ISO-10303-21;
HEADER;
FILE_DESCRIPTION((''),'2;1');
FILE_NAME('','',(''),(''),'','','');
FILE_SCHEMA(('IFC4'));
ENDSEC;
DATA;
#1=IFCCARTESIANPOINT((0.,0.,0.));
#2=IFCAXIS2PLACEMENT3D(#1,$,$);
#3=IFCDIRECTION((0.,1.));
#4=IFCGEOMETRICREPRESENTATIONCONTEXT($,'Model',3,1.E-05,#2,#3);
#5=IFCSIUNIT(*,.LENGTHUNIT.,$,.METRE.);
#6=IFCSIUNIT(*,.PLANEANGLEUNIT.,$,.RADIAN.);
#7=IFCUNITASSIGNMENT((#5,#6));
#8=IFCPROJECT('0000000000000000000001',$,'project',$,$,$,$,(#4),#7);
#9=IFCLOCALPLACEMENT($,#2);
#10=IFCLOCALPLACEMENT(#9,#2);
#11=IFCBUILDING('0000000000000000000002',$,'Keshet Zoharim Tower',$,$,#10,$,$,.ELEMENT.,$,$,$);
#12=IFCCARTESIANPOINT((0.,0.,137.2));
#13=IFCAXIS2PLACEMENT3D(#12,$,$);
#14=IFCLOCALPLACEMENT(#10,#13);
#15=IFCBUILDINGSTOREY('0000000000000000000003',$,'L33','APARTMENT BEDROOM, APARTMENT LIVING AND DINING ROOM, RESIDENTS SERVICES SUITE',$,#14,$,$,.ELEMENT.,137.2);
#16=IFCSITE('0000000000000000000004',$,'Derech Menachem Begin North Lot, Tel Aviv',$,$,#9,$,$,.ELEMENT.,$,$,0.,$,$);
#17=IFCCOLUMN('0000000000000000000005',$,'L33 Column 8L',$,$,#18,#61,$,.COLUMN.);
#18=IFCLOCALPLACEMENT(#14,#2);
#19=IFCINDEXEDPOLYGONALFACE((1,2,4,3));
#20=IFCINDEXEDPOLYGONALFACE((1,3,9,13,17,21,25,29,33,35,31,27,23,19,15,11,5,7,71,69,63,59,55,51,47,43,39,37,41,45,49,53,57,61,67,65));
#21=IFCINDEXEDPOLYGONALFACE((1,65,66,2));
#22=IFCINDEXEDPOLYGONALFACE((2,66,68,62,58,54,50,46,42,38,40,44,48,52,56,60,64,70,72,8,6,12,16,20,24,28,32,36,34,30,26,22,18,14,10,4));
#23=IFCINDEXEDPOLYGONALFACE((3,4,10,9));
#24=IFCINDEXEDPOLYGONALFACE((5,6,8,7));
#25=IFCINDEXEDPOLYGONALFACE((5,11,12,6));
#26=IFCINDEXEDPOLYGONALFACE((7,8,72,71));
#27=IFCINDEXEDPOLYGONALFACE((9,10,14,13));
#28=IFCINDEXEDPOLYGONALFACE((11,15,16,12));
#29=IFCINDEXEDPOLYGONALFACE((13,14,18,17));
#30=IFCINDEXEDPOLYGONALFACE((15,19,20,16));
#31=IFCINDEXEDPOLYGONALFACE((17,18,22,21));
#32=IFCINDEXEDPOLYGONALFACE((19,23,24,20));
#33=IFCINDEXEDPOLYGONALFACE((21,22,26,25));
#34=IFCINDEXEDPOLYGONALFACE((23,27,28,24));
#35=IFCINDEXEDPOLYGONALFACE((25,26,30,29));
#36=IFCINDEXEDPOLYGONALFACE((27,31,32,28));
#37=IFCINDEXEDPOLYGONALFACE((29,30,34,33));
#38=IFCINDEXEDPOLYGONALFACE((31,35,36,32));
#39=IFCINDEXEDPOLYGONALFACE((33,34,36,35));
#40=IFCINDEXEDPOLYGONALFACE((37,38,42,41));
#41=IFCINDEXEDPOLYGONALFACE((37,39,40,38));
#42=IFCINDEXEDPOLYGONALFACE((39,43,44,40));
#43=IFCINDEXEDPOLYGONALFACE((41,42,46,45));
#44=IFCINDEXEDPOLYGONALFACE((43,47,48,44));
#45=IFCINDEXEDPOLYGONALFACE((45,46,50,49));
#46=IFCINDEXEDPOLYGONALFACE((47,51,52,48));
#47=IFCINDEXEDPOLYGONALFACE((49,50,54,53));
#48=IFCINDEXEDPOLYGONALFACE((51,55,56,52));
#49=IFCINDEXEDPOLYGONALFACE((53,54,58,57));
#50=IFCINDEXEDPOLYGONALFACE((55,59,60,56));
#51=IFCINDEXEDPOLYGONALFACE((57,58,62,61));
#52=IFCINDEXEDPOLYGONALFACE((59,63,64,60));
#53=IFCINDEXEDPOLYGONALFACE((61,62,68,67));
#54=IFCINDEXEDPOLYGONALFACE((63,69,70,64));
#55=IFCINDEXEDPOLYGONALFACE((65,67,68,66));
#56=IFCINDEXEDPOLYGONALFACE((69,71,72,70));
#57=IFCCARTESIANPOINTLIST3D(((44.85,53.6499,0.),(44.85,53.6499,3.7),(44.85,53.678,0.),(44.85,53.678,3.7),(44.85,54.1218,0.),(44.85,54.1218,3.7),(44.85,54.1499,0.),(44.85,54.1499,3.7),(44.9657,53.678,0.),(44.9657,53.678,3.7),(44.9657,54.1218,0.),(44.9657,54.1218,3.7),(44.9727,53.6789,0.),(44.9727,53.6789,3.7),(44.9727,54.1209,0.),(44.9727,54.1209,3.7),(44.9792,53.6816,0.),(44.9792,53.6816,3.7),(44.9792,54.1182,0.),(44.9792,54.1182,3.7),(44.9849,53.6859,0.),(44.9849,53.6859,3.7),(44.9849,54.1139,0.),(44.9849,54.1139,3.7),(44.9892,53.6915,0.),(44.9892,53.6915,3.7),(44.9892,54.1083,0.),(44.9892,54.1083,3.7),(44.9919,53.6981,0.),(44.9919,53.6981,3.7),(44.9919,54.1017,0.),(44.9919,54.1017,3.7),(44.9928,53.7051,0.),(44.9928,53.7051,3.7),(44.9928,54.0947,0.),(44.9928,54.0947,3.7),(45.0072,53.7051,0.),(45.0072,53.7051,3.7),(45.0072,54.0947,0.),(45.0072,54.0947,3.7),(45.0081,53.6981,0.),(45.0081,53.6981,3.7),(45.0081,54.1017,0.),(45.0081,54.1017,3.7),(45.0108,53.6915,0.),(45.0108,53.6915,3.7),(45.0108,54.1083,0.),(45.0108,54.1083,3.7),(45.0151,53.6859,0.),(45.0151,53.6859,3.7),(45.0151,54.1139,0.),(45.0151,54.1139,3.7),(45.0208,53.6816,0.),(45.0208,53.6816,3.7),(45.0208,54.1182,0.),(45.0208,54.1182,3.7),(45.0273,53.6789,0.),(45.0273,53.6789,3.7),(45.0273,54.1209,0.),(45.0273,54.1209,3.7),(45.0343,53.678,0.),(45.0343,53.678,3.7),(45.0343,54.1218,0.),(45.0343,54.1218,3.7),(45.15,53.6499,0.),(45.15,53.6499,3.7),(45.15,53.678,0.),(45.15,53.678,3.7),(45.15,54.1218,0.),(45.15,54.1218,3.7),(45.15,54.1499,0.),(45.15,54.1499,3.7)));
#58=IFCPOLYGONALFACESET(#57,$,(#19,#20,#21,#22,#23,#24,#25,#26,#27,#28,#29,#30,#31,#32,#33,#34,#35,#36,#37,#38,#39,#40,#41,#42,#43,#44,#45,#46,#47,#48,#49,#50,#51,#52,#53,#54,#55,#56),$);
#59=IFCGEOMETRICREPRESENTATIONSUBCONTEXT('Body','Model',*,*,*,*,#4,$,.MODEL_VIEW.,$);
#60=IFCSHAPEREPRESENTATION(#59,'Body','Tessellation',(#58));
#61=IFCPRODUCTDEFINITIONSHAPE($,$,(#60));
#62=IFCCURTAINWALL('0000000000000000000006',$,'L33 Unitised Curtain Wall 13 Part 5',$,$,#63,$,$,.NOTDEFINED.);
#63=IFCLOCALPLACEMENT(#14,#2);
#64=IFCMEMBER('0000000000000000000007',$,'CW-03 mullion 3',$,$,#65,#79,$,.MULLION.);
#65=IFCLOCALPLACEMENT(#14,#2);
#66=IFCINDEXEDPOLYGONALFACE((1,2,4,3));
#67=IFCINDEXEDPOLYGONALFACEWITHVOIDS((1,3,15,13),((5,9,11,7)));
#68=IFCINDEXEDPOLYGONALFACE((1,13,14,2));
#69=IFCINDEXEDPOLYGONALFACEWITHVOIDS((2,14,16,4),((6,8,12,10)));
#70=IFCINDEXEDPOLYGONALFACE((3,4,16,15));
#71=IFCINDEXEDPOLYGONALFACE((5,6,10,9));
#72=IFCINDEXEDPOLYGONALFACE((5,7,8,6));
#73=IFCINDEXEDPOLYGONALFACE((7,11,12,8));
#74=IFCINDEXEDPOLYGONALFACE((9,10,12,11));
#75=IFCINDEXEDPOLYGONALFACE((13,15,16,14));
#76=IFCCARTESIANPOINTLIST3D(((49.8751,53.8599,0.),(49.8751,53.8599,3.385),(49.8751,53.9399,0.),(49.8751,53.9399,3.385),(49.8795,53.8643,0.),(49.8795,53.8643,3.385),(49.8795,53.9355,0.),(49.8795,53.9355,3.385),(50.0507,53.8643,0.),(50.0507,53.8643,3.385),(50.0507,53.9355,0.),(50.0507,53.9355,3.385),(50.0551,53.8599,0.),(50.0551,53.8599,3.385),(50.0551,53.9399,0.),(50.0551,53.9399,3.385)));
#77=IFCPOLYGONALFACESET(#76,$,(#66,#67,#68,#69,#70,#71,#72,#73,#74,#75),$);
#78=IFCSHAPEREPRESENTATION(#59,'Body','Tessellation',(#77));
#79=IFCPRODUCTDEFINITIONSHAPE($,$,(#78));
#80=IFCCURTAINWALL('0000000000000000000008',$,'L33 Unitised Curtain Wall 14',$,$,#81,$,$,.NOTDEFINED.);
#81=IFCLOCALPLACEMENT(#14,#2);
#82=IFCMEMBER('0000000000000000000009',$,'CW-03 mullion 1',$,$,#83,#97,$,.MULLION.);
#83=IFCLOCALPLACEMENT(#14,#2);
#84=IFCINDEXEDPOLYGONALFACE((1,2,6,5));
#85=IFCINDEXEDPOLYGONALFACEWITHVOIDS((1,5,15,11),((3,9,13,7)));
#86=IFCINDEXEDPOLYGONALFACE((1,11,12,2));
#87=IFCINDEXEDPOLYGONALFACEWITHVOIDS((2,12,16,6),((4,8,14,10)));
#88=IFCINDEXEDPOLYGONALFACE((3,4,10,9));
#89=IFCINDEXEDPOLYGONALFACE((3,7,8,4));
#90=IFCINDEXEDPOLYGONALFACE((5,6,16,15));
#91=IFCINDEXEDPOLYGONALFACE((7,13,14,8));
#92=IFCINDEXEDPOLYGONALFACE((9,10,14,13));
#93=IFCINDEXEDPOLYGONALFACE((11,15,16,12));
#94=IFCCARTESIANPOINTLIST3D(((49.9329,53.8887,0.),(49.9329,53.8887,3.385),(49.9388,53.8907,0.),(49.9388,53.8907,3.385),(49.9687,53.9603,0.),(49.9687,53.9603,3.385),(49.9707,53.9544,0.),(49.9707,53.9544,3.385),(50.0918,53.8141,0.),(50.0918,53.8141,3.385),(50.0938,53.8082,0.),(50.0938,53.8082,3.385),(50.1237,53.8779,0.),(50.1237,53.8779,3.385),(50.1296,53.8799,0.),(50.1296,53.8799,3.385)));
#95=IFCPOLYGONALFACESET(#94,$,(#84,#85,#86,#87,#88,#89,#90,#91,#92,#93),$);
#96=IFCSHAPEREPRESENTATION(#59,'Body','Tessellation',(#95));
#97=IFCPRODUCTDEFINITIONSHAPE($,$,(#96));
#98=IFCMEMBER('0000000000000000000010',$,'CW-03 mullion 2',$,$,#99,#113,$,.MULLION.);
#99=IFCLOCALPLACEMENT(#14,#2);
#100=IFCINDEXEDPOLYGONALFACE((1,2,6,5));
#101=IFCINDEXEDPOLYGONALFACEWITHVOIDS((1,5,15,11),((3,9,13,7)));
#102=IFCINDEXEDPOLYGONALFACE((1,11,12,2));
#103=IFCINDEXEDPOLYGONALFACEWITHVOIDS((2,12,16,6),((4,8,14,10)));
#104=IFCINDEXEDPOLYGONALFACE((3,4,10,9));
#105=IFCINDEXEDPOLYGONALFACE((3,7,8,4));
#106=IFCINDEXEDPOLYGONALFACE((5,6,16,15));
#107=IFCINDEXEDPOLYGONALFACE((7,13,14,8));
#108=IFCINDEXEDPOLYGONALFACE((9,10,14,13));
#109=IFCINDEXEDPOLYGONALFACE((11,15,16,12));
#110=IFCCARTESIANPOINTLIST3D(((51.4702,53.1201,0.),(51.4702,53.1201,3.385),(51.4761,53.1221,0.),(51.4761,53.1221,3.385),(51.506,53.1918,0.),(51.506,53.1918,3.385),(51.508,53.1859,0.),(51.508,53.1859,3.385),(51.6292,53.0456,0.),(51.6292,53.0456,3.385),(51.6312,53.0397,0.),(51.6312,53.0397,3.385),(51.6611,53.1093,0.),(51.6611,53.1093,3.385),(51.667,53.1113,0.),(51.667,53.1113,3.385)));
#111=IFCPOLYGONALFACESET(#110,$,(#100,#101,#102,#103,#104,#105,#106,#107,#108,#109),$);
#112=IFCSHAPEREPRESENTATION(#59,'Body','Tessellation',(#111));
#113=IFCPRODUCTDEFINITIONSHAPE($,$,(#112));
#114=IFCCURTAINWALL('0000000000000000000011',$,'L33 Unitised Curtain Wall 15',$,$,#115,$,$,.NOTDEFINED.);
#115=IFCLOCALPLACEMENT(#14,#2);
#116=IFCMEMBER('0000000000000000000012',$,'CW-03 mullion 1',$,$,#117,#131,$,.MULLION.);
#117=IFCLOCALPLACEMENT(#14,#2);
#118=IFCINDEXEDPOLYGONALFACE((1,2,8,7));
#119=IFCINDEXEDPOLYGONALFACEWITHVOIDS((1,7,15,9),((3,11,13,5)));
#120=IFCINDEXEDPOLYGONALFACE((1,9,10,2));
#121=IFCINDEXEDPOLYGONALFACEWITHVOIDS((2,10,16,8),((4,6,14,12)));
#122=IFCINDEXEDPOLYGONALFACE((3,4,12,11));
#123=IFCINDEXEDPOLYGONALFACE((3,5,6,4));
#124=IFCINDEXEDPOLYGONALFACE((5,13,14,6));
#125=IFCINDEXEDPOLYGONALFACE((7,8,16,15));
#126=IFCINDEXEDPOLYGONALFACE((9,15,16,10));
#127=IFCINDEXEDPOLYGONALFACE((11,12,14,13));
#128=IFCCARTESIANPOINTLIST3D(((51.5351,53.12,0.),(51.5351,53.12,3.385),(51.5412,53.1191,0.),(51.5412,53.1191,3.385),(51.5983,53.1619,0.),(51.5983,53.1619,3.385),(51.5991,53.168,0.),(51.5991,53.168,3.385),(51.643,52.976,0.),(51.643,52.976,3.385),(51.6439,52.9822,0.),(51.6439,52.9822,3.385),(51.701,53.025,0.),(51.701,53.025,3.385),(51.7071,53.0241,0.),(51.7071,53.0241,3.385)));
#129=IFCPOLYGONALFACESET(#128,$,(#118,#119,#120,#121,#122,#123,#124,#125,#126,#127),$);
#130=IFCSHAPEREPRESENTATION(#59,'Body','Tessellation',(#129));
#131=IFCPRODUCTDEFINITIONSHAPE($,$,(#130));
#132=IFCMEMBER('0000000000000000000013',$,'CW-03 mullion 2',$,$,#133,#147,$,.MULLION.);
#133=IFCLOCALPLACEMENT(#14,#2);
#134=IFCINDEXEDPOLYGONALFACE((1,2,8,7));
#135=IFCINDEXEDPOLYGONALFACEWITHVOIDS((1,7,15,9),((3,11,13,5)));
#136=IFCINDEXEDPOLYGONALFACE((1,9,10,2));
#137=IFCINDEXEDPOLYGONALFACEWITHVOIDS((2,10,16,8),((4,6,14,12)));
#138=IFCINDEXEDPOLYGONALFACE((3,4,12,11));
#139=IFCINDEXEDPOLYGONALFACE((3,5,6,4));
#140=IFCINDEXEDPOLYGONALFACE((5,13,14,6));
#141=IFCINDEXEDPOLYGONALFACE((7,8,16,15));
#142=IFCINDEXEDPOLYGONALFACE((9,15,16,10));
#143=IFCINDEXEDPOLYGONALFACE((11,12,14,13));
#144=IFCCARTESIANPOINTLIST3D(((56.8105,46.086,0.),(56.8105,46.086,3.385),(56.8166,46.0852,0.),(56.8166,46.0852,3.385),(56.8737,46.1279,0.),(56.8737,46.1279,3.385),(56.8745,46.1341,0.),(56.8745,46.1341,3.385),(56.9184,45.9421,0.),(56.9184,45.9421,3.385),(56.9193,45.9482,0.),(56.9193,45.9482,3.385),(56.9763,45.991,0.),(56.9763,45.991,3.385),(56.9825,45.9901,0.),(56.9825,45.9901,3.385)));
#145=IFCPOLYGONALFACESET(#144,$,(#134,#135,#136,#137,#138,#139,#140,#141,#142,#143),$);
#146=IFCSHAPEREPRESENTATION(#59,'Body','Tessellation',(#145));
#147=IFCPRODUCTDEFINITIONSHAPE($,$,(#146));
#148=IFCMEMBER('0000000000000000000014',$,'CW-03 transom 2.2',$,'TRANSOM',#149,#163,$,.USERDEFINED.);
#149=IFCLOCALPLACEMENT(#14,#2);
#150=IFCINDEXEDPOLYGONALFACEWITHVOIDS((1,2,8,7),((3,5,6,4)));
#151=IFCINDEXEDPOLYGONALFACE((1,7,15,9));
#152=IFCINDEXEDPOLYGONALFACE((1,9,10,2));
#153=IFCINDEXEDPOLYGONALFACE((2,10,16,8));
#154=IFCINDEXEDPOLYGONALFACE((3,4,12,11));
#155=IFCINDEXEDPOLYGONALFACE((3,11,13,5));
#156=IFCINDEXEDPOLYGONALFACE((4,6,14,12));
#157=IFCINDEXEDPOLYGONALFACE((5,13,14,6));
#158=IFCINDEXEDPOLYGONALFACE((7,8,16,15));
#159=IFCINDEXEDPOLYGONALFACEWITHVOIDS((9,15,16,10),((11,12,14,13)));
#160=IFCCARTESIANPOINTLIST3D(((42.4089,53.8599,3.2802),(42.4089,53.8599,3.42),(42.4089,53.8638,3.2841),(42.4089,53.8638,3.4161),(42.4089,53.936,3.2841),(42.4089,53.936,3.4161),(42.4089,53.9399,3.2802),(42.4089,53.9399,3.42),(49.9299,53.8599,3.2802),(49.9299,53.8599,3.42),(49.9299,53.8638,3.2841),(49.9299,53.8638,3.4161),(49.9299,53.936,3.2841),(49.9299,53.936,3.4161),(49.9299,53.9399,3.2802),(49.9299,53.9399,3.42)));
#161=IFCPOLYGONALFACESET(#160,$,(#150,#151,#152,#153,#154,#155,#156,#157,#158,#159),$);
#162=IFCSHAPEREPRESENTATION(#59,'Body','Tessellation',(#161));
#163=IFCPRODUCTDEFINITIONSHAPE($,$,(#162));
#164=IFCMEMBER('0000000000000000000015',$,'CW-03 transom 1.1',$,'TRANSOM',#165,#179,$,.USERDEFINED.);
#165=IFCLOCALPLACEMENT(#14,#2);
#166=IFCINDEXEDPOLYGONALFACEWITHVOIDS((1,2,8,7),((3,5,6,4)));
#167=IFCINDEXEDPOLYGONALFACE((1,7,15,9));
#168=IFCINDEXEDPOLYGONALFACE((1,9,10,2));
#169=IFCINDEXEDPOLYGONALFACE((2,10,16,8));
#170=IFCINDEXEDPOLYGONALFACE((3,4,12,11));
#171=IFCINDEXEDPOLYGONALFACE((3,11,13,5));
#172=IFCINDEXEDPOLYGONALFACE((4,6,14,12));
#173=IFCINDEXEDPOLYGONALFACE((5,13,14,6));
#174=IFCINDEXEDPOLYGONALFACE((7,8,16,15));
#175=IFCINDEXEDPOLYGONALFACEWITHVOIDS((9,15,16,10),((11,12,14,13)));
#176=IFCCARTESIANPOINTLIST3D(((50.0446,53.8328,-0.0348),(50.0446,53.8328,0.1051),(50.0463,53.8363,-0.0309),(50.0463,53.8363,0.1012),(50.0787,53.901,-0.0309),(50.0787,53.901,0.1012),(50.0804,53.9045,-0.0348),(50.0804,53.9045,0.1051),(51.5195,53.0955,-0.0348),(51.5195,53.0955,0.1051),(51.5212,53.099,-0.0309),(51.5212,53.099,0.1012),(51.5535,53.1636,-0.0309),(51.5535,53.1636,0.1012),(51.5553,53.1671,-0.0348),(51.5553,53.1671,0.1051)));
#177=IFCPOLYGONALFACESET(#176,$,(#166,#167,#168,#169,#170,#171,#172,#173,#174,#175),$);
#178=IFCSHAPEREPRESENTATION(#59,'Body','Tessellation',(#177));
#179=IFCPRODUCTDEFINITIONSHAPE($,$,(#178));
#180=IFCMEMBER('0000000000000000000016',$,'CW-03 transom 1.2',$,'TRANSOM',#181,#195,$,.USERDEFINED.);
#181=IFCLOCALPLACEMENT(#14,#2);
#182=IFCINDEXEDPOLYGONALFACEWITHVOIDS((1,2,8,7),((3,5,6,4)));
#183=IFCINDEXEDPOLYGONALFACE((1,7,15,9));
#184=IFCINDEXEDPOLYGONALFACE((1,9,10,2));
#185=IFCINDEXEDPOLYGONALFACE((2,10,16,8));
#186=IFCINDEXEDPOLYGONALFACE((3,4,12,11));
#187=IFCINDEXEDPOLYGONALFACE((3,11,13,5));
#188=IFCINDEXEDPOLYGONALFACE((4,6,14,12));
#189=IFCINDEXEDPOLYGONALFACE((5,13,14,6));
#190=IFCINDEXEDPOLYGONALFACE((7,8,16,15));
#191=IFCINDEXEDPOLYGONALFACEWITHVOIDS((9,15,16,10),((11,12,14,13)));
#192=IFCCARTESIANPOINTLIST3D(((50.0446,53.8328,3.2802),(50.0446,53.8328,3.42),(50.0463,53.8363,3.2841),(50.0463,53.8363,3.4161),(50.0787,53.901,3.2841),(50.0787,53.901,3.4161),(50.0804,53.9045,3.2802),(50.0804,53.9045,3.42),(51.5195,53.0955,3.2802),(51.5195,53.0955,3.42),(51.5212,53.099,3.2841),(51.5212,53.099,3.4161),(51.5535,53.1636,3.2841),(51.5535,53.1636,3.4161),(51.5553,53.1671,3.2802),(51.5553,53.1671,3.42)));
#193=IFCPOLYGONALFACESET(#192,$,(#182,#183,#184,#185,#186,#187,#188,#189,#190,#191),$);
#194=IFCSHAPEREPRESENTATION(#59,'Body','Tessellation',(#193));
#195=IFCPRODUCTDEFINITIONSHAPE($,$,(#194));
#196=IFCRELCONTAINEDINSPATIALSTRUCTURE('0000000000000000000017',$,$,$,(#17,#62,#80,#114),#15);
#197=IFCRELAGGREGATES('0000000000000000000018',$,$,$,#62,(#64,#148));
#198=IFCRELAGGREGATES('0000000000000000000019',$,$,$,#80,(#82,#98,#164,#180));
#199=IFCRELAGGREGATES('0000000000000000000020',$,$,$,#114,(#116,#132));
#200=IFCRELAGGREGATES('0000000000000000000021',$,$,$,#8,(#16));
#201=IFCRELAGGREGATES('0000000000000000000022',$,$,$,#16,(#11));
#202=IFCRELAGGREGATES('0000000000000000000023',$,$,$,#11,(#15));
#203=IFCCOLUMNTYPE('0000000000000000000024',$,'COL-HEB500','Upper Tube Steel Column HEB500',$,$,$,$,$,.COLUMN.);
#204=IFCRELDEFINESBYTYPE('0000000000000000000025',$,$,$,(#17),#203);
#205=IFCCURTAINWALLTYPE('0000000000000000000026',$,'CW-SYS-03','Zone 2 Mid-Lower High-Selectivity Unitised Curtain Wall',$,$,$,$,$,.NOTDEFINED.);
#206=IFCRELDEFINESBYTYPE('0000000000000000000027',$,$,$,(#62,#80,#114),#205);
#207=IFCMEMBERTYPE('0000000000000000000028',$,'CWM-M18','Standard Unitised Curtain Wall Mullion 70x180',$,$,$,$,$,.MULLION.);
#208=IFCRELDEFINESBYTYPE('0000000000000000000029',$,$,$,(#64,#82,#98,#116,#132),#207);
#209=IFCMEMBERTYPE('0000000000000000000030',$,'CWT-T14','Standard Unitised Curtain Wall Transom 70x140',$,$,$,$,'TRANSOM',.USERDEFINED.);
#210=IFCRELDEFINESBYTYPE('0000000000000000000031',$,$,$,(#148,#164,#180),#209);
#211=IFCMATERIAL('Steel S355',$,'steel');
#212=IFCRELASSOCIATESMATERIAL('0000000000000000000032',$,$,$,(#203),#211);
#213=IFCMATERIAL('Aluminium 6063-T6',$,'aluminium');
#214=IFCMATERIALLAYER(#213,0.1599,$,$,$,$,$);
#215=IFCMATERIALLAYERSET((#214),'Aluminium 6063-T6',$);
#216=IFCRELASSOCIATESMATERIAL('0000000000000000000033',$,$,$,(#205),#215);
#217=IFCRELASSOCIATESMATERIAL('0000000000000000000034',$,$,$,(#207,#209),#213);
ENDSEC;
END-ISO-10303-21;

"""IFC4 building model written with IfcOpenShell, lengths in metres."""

from ifc_helpers import new_model, si_unit, direction, frame, origin, origin_2d, place, context, subcontext, project, spatial, hollow_rectangle, i_section, extrude, material, layer, layer_set, material_profile, profile_set, type_object, element, aggregate, save


model = new_model("IFC4")

# Units and contexts
model_context = context("Model", 3, precision=1e-05, world=origin(), true_north=direction((0.0, 1.0)))
body_context = subcontext(model_context, "Body", "Model", "MODEL_VIEW")
ifc_project = project(units=[si_unit("LENGTHUNIT", "METRE"), si_unit("PLANEANGLEUNIT", "RADIAN")], contexts=[model_context])

# Site, building, storey
site_placement = place(None, origin())
site = spatial("IfcSite", under=ifc_project, at=site_placement, Name="Derech Menachem Begin North Lot, Tel Aviv", CompositionType="ELEMENT", RefElevation=0.0)
building_placement = place(site_placement, origin())
building = spatial("IfcBuilding", under=site, at=building_placement, Name="Keshet Zoharim Tower", CompositionType="ELEMENT")
storey_placement = place(building_placement, frame((0.0, 0.0, 137.2)))
storey = spatial("IfcBuildingStorey", under=building, at=storey_placement, Name="L33", Description="APARTMENT BEDROOM, APARTMENT LIVING AND DINING ROOM, RESIDENTS SERVICES SUITE", CompositionType="ELEMENT", Elevation=137.2)

# Column
ifc_material_1 = material(Name="Steel S355", Category="steel")
ifc_material_profile_1 = material_profile(ifc_material_1, i_section(OverallWidth=0.3, OverallDepth=0.5, WebThickness=0.0144, FlangeThickness=0.0281, FilletRadius=0.0271, at=origin_2d()), Name="HEB500")
ifc_profile_set_1 = profile_set([ifc_material_profile_1], Name="Steel S355")
column_type = type_object("IfcColumnType", Name="COL-HEB500", Description="Upper Tube Steel Column HEB500", PredefinedType="COLUMN", material=ifc_profile_set_1)
column_placement = place(storey_placement, frame((45.0, 53.8999, 0.0), z_axis=(0.0, 0.0, 1.0), x_axis=(1.0, 0.0, 0.0)))
element("IfcColumn", 1, at=column_placement, inside=storey, type_object=column_type, Name="L33 Column 8L", PredefinedType="COLUMN", context=body_context, shape_type="SweptSolid", body=[
    extrude(i_section(OverallWidth=0.3, OverallDepth=0.5, WebThickness=0.0144, FlangeThickness=0.0281, FilletRadius=0.0271, at=origin_2d()), origin(), (0.0, 0.0, 1.0), 3.7),
])

# Curtain wall, member
ifc_material_2 = material(Name="Aluminium 6063-T6", Category="aluminium")
ifc_layer_1 = layer(ifc_material_2, 0.1599)
ifc_layer_set_1 = layer_set([ifc_layer_1], Name="Aluminium 6063-T6")
curtain_wall_type = type_object("IfcCurtainWallType", Name="CW-SYS-03", Description="Zone 2 Mid-Lower High-Selectivity Unitised Curtain Wall", PredefinedType="NOTDEFINED", material=ifc_layer_set_1)
curtain_wall_1_placement = place(storey_placement, origin())
curtain_wall_1 = element("IfcCurtainWall", 2, at=curtain_wall_1_placement, inside=storey, type_object=curtain_wall_type, Name="L33 Unitised Curtain Wall 13 Part 5", PredefinedType="NOTDEFINED")
ifc_material_profile_2 = material_profile(ifc_material_2, hollow_rectangle(XDim=0.0801, YDim=0.1799, WallThickness=0.0044, at=origin_2d()), Name="MUL-80x180")
ifc_profile_set_2 = profile_set([ifc_material_profile_2], Name="Aluminium 6063-T6")
member_type_1 = type_object("IfcMemberType", Name="CWM-M18", Description="Standard Unitised Curtain Wall Mullion 70x180", PredefinedType="MULLION", material=ifc_profile_set_2)
member_1_placement = place(storey_placement, frame((49.9651, 53.8999, 0.0), z_axis=(0.0, 0.0, 1.0), x_axis=(0.0, 1.0, 0.0)))
member_1 = element("IfcMember", 3, at=member_1_placement, type_object=member_type_1, Name="CW-03 mullion 3", PredefinedType="MULLION", context=body_context, shape_type="SweptSolid", body=[
    extrude(hollow_rectangle(XDim=0.0801, YDim=0.1799, WallThickness=0.0044, at=origin_2d()), origin(), (0.0, 0.0, 1.0), 3.385),
])

# Curtain walls, members
curtain_wall_2_placement = place(storey_placement, origin())
curtain_wall_2 = element("IfcCurtainWall", 4, at=curtain_wall_2_placement, inside=storey, type_object=curtain_wall_type, Name="L33 Unitised Curtain Wall 14", PredefinedType="NOTDEFINED")
member_2_placement = place(storey_placement, frame((50.0312, 53.8843, 0.0), z_axis=(0.0, 0.0, 1.0), x_axis=(0.447214, 0.894427, 0.0)))
member_2 = element("IfcMember", 5, at=member_2_placement, type_object=member_type_1, Name="CW-03 mullion 1", PredefinedType="MULLION", context=body_context, shape_type="SweptSolid", body=[
    extrude(hollow_rectangle(XDim=0.0801, YDim=0.1799, WallThickness=0.0044, at=origin_2d()), origin(), (0.0, 0.0, 1.0), 3.385),
])
member_3_placement = place(storey_placement, frame((51.5686, 53.1157, 0.0), z_axis=(0.0, 0.0, 1.0), x_axis=(0.447214, 0.894427, 0.0)))
member_3 = element("IfcMember", 6, at=member_3_placement, type_object=member_type_1, Name="CW-03 mullion 2", PredefinedType="MULLION", context=body_context, shape_type="SweptSolid", body=[
    extrude(hollow_rectangle(XDim=0.0801, YDim=0.1799, WallThickness=0.0044, at=origin_2d()), origin(), (0.0, 0.0, 1.0), 3.385),
])
curtain_wall_3_placement = place(storey_placement, origin())
curtain_wall_3 = element("IfcCurtainWall", 7, at=curtain_wall_3_placement, inside=storey, type_object=curtain_wall_type, Name="L33 Unitised Curtain Wall 15", PredefinedType="NOTDEFINED")
member_4_placement = place(storey_placement, frame((51.6211, 53.072, 0.0), z_axis=(0.0, 0.0, 1.0), x_axis=(0.8, 0.6, 0.0)))
member_4 = element("IfcMember", 8, at=member_4_placement, type_object=member_type_1, Name="CW-03 mullion 1", PredefinedType="MULLION", context=body_context, shape_type="SweptSolid", body=[
    extrude(hollow_rectangle(XDim=0.0801, YDim=0.1799, WallThickness=0.0044, at=origin_2d()), origin(), (0.0, 0.0, 1.0), 3.385),
])
member_5_placement = place(storey_placement, frame((56.8965, 46.0381, 0.0), z_axis=(0.0, 0.0, 1.0), x_axis=(0.8, 0.6, 0.0)))
member_5 = element("IfcMember", 9, at=member_5_placement, type_object=member_type_1, Name="CW-03 mullion 2", PredefinedType="MULLION", context=body_context, shape_type="SweptSolid", body=[
    extrude(hollow_rectangle(XDim=0.0801, YDim=0.1799, WallThickness=0.0044, at=origin_2d()), origin(), (0.0, 0.0, 1.0), 3.385),
])

# Members
ifc_material_profile_3 = material_profile(ifc_material_2, hollow_rectangle(XDim=0.0801, YDim=0.1399, WallThickness=0.0039, at=origin_2d()), Name="TRN-80x140")
ifc_profile_set_3 = profile_set([ifc_material_profile_3], Name="Aluminium 6063-T6")
member_type_2 = type_object("IfcMemberType", Name="CWT-T14", Description="Standard Unitised Curtain Wall Transom 70x140", ElementType="TRANSOM", PredefinedType="USERDEFINED", material=ifc_profile_set_3)
member_6_placement = place(storey_placement, frame((42.4089, 53.8999, 3.3501), z_axis=(1.0, 0.0, 0.0), x_axis=(0.0, 1.0, 0.0)))
member_6 = element("IfcMember", 10, at=member_6_placement, type_object=member_type_2, Name="CW-03 transom 2.2", ObjectType="TRANSOM", PredefinedType="USERDEFINED", context=body_context, shape_type="SweptSolid", body=[
    extrude(hollow_rectangle(XDim=0.0801, YDim=0.1399, WallThickness=0.0039, at=origin_2d()), origin(), (0.0, 0.0, 1.0), 7.521),
])
member_7_placement = place(storey_placement, frame((50.0625, 53.8687, 0.0352), z_axis=(0.894457, -0.447154, 0.0), x_axis=(0.447154, 0.894457, 0.0)))
member_7 = element("IfcMember", 11, at=member_7_placement, type_object=member_type_2, Name="CW-03 transom 1.1", ObjectType="TRANSOM", PredefinedType="USERDEFINED", context=body_context, shape_type="SweptSolid", body=[
    extrude(hollow_rectangle(XDim=0.0801, YDim=0.1399, WallThickness=0.0039, at=origin_2d()), origin(), (0.0, 0.0, 1.0), 1.6489),
])
member_8_placement = place(storey_placement, frame((50.0625, 53.8687, 3.3501), z_axis=(0.894457, -0.447154, 0.0), x_axis=(0.447154, 0.894457, 0.0)))
member_8 = element("IfcMember", 12, at=member_8_placement, type_object=member_type_2, Name="CW-03 transom 1.2", ObjectType="TRANSOM", PredefinedType="USERDEFINED", context=body_context, shape_type="SweptSolid", body=[
    extrude(hollow_rectangle(XDim=0.0801, YDim=0.1399, WallThickness=0.0039, at=origin_2d()), origin(), (0.0, 0.0, 1.0), 1.6489),
])

aggregate(curtain_wall_1, [member_1, member_6])
aggregate(curtain_wall_2, [member_2, member_3, member_7, member_8])
aggregate(curtain_wall_3, [member_4, member_5])

save(model, "model.ifc")
